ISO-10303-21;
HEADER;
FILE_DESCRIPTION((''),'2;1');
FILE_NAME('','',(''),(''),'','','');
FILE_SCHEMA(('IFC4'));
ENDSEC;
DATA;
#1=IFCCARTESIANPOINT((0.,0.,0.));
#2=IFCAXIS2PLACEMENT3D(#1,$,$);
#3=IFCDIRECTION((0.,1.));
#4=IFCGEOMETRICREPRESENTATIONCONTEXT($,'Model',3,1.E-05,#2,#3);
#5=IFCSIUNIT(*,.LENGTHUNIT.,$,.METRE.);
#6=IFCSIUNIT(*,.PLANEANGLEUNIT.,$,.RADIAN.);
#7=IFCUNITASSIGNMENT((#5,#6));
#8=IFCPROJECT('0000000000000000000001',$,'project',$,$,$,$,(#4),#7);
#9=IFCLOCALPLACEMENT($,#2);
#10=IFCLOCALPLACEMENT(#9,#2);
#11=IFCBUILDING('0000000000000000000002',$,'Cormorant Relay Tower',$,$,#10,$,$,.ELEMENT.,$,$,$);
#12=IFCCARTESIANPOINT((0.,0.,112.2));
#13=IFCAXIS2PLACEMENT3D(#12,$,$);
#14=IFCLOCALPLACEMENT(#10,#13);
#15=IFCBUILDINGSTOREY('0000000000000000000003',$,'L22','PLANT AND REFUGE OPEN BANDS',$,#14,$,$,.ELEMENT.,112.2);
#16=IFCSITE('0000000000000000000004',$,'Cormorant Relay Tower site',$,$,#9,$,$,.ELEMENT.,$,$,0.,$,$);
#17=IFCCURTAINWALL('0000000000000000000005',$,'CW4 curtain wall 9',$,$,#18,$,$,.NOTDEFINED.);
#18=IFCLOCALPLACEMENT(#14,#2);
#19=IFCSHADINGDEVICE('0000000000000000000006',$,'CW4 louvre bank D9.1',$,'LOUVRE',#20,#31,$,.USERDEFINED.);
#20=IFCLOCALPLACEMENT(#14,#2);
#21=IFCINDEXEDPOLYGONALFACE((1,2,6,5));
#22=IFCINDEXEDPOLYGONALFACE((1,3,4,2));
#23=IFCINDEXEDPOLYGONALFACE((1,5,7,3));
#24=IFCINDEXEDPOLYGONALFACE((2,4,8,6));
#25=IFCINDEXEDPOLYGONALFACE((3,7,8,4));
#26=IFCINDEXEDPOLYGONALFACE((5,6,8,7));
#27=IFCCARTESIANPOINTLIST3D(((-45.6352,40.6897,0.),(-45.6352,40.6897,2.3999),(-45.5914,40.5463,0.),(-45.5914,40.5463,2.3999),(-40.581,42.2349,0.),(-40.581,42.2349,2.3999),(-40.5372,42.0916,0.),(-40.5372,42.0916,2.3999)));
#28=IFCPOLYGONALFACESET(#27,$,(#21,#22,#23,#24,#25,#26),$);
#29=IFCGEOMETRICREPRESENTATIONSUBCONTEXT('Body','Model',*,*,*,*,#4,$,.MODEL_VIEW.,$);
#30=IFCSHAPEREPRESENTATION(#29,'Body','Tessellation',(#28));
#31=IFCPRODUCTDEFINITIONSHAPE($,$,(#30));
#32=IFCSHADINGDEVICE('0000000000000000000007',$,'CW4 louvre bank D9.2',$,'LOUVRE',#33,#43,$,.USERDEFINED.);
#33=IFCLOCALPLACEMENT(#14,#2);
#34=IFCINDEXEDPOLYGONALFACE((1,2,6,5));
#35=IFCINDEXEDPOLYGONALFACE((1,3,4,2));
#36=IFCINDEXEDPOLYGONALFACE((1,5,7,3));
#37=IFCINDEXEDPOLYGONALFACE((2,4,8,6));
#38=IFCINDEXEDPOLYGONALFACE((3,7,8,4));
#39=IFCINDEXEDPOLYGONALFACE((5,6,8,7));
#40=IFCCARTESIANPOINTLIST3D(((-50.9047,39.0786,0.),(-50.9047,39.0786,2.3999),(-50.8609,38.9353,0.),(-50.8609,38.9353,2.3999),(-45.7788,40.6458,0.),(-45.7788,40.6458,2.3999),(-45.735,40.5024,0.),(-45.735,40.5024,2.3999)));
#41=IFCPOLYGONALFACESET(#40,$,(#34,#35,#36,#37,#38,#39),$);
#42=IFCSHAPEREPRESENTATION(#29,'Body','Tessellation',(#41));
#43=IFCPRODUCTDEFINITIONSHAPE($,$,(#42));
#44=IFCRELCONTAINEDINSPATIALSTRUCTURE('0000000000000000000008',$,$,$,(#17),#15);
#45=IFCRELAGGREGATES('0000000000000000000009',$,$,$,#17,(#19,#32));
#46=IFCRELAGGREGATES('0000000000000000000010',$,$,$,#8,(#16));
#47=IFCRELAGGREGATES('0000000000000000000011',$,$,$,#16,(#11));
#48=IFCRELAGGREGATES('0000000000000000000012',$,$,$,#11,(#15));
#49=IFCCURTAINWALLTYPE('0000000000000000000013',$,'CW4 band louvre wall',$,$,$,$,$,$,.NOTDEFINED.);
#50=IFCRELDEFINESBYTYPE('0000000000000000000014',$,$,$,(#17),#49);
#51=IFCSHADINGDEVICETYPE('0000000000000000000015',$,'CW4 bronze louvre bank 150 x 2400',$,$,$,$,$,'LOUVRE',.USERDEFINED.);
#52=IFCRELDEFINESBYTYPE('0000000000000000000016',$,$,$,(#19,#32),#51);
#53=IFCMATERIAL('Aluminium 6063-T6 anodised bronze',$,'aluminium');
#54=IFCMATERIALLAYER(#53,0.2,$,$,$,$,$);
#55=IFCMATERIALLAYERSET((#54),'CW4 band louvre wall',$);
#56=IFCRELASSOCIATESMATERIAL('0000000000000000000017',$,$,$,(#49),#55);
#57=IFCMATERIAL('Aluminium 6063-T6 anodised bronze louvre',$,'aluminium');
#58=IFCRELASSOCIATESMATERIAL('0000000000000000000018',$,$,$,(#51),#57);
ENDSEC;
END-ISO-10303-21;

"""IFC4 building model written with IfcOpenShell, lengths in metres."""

from ifc_helpers import new_model, si_unit, direction, frame, origin, origin_2d, place, context, subcontext, project, spatial, rectangle, extrude, material, layer, layer_set, type_object, element, aggregate, save


model = new_model("IFC4")

# Units and contexts
model_context = context("Model", 3, precision=1e-05, world=origin(), true_north=direction((0.0, 1.0)))
body_context = subcontext(model_context, "Body", "Model", "MODEL_VIEW")
ifc_project = project(units=[si_unit("LENGTHUNIT", "METRE"), si_unit("PLANEANGLEUNIT", "RADIAN")], contexts=[model_context])

# Site, building, storey
site_placement = place(None, origin())
site = spatial("IfcSite", under=ifc_project, at=site_placement, Name="Cormorant Relay Tower site", CompositionType="ELEMENT", RefElevation=0.0)
building_placement = place(site_placement, origin())
building = spatial("IfcBuilding", under=site, at=building_placement, Name="Cormorant Relay Tower", CompositionType="ELEMENT")
storey_placement = place(building_placement, frame((0.0, 0.0, 112.2)))
storey = spatial("IfcBuildingStorey", under=building, at=storey_placement, Name="L22", Description="PLANT AND REFUGE OPEN BANDS", CompositionType="ELEMENT", Elevation=112.2)

# Curtain wall
ifc_material_1 = material(Name="Aluminium 6063-T6 anodised bronze", Category="aluminium")
ifc_layer_1 = layer(ifc_material_1, 0.2)
ifc_layer_set_1 = layer_set([ifc_layer_1], Name="CW4 band louvre wall")
curtain_wall_type = type_object("IfcCurtainWallType", Name="CW4 band louvre wall", PredefinedType="NOTDEFINED", material=ifc_layer_set_1)
curtain_wall_1_placement = place(storey_placement, origin())
curtain_wall_1 = element("IfcCurtainWall", 1, at=curtain_wall_1_placement, inside=storey, type_object=curtain_wall_type, Name="CW4 curtain wall 9", PredefinedType="NOTDEFINED")

# Shared definitions
ifc_material_2 = material(Name="Aluminium 6063-T6 anodised bronze louvre", Category="aluminium")
shading_device_type = type_object("IfcShadingDeviceType", Name="CW4 bronze louvre bank 150 x 2400", ElementType="LOUVRE", PredefinedType="USERDEFINED", material=ifc_material_2)

# Shading devices
shading_device_1_placement = place(storey_placement, frame((-43.0862, 41.3906, 0.0), z_axis=(0.0, 0.0, 1.0), x_axis=(-0.956305, -0.292372, 0.0)))
shading_device_1 = element("IfcShadingDevice", 2, at=shading_device_1_placement, type_object=shading_device_type, Name="CW4 louvre bank D9.1", ObjectType="LOUVRE", PredefinedType="USERDEFINED", context=body_context, shape_type="SweptSolid", body=[
    extrude(rectangle(XDim=5.2852, YDim=0.1499, at=origin_2d()), origin(), (0.0, 0.0, 1.0), 2.3999),
])
shading_device_2_placement = place(storey_placement, frame((-48.3198, 39.7905, 0.0), z_axis=(0.0, 0.0, 1.0), x_axis=(-0.956305, -0.292372, 0.0)))
shading_device_2 = element("IfcShadingDevice", 3, at=shading_device_2_placement, type_object=shading_device_type, Name="CW4 louvre bank D9.2", ObjectType="LOUVRE", PredefinedType="USERDEFINED", context=body_context, shape_type="SweptSolid", body=[
    extrude(rectangle(XDim=5.3601, YDim=0.1499, at=origin_2d()), origin(), (0.0, 0.0, 1.0), 2.3999),
])
aggregate(curtain_wall_1, [shading_device_1, shading_device_2])

save(model, "model.ifc")
